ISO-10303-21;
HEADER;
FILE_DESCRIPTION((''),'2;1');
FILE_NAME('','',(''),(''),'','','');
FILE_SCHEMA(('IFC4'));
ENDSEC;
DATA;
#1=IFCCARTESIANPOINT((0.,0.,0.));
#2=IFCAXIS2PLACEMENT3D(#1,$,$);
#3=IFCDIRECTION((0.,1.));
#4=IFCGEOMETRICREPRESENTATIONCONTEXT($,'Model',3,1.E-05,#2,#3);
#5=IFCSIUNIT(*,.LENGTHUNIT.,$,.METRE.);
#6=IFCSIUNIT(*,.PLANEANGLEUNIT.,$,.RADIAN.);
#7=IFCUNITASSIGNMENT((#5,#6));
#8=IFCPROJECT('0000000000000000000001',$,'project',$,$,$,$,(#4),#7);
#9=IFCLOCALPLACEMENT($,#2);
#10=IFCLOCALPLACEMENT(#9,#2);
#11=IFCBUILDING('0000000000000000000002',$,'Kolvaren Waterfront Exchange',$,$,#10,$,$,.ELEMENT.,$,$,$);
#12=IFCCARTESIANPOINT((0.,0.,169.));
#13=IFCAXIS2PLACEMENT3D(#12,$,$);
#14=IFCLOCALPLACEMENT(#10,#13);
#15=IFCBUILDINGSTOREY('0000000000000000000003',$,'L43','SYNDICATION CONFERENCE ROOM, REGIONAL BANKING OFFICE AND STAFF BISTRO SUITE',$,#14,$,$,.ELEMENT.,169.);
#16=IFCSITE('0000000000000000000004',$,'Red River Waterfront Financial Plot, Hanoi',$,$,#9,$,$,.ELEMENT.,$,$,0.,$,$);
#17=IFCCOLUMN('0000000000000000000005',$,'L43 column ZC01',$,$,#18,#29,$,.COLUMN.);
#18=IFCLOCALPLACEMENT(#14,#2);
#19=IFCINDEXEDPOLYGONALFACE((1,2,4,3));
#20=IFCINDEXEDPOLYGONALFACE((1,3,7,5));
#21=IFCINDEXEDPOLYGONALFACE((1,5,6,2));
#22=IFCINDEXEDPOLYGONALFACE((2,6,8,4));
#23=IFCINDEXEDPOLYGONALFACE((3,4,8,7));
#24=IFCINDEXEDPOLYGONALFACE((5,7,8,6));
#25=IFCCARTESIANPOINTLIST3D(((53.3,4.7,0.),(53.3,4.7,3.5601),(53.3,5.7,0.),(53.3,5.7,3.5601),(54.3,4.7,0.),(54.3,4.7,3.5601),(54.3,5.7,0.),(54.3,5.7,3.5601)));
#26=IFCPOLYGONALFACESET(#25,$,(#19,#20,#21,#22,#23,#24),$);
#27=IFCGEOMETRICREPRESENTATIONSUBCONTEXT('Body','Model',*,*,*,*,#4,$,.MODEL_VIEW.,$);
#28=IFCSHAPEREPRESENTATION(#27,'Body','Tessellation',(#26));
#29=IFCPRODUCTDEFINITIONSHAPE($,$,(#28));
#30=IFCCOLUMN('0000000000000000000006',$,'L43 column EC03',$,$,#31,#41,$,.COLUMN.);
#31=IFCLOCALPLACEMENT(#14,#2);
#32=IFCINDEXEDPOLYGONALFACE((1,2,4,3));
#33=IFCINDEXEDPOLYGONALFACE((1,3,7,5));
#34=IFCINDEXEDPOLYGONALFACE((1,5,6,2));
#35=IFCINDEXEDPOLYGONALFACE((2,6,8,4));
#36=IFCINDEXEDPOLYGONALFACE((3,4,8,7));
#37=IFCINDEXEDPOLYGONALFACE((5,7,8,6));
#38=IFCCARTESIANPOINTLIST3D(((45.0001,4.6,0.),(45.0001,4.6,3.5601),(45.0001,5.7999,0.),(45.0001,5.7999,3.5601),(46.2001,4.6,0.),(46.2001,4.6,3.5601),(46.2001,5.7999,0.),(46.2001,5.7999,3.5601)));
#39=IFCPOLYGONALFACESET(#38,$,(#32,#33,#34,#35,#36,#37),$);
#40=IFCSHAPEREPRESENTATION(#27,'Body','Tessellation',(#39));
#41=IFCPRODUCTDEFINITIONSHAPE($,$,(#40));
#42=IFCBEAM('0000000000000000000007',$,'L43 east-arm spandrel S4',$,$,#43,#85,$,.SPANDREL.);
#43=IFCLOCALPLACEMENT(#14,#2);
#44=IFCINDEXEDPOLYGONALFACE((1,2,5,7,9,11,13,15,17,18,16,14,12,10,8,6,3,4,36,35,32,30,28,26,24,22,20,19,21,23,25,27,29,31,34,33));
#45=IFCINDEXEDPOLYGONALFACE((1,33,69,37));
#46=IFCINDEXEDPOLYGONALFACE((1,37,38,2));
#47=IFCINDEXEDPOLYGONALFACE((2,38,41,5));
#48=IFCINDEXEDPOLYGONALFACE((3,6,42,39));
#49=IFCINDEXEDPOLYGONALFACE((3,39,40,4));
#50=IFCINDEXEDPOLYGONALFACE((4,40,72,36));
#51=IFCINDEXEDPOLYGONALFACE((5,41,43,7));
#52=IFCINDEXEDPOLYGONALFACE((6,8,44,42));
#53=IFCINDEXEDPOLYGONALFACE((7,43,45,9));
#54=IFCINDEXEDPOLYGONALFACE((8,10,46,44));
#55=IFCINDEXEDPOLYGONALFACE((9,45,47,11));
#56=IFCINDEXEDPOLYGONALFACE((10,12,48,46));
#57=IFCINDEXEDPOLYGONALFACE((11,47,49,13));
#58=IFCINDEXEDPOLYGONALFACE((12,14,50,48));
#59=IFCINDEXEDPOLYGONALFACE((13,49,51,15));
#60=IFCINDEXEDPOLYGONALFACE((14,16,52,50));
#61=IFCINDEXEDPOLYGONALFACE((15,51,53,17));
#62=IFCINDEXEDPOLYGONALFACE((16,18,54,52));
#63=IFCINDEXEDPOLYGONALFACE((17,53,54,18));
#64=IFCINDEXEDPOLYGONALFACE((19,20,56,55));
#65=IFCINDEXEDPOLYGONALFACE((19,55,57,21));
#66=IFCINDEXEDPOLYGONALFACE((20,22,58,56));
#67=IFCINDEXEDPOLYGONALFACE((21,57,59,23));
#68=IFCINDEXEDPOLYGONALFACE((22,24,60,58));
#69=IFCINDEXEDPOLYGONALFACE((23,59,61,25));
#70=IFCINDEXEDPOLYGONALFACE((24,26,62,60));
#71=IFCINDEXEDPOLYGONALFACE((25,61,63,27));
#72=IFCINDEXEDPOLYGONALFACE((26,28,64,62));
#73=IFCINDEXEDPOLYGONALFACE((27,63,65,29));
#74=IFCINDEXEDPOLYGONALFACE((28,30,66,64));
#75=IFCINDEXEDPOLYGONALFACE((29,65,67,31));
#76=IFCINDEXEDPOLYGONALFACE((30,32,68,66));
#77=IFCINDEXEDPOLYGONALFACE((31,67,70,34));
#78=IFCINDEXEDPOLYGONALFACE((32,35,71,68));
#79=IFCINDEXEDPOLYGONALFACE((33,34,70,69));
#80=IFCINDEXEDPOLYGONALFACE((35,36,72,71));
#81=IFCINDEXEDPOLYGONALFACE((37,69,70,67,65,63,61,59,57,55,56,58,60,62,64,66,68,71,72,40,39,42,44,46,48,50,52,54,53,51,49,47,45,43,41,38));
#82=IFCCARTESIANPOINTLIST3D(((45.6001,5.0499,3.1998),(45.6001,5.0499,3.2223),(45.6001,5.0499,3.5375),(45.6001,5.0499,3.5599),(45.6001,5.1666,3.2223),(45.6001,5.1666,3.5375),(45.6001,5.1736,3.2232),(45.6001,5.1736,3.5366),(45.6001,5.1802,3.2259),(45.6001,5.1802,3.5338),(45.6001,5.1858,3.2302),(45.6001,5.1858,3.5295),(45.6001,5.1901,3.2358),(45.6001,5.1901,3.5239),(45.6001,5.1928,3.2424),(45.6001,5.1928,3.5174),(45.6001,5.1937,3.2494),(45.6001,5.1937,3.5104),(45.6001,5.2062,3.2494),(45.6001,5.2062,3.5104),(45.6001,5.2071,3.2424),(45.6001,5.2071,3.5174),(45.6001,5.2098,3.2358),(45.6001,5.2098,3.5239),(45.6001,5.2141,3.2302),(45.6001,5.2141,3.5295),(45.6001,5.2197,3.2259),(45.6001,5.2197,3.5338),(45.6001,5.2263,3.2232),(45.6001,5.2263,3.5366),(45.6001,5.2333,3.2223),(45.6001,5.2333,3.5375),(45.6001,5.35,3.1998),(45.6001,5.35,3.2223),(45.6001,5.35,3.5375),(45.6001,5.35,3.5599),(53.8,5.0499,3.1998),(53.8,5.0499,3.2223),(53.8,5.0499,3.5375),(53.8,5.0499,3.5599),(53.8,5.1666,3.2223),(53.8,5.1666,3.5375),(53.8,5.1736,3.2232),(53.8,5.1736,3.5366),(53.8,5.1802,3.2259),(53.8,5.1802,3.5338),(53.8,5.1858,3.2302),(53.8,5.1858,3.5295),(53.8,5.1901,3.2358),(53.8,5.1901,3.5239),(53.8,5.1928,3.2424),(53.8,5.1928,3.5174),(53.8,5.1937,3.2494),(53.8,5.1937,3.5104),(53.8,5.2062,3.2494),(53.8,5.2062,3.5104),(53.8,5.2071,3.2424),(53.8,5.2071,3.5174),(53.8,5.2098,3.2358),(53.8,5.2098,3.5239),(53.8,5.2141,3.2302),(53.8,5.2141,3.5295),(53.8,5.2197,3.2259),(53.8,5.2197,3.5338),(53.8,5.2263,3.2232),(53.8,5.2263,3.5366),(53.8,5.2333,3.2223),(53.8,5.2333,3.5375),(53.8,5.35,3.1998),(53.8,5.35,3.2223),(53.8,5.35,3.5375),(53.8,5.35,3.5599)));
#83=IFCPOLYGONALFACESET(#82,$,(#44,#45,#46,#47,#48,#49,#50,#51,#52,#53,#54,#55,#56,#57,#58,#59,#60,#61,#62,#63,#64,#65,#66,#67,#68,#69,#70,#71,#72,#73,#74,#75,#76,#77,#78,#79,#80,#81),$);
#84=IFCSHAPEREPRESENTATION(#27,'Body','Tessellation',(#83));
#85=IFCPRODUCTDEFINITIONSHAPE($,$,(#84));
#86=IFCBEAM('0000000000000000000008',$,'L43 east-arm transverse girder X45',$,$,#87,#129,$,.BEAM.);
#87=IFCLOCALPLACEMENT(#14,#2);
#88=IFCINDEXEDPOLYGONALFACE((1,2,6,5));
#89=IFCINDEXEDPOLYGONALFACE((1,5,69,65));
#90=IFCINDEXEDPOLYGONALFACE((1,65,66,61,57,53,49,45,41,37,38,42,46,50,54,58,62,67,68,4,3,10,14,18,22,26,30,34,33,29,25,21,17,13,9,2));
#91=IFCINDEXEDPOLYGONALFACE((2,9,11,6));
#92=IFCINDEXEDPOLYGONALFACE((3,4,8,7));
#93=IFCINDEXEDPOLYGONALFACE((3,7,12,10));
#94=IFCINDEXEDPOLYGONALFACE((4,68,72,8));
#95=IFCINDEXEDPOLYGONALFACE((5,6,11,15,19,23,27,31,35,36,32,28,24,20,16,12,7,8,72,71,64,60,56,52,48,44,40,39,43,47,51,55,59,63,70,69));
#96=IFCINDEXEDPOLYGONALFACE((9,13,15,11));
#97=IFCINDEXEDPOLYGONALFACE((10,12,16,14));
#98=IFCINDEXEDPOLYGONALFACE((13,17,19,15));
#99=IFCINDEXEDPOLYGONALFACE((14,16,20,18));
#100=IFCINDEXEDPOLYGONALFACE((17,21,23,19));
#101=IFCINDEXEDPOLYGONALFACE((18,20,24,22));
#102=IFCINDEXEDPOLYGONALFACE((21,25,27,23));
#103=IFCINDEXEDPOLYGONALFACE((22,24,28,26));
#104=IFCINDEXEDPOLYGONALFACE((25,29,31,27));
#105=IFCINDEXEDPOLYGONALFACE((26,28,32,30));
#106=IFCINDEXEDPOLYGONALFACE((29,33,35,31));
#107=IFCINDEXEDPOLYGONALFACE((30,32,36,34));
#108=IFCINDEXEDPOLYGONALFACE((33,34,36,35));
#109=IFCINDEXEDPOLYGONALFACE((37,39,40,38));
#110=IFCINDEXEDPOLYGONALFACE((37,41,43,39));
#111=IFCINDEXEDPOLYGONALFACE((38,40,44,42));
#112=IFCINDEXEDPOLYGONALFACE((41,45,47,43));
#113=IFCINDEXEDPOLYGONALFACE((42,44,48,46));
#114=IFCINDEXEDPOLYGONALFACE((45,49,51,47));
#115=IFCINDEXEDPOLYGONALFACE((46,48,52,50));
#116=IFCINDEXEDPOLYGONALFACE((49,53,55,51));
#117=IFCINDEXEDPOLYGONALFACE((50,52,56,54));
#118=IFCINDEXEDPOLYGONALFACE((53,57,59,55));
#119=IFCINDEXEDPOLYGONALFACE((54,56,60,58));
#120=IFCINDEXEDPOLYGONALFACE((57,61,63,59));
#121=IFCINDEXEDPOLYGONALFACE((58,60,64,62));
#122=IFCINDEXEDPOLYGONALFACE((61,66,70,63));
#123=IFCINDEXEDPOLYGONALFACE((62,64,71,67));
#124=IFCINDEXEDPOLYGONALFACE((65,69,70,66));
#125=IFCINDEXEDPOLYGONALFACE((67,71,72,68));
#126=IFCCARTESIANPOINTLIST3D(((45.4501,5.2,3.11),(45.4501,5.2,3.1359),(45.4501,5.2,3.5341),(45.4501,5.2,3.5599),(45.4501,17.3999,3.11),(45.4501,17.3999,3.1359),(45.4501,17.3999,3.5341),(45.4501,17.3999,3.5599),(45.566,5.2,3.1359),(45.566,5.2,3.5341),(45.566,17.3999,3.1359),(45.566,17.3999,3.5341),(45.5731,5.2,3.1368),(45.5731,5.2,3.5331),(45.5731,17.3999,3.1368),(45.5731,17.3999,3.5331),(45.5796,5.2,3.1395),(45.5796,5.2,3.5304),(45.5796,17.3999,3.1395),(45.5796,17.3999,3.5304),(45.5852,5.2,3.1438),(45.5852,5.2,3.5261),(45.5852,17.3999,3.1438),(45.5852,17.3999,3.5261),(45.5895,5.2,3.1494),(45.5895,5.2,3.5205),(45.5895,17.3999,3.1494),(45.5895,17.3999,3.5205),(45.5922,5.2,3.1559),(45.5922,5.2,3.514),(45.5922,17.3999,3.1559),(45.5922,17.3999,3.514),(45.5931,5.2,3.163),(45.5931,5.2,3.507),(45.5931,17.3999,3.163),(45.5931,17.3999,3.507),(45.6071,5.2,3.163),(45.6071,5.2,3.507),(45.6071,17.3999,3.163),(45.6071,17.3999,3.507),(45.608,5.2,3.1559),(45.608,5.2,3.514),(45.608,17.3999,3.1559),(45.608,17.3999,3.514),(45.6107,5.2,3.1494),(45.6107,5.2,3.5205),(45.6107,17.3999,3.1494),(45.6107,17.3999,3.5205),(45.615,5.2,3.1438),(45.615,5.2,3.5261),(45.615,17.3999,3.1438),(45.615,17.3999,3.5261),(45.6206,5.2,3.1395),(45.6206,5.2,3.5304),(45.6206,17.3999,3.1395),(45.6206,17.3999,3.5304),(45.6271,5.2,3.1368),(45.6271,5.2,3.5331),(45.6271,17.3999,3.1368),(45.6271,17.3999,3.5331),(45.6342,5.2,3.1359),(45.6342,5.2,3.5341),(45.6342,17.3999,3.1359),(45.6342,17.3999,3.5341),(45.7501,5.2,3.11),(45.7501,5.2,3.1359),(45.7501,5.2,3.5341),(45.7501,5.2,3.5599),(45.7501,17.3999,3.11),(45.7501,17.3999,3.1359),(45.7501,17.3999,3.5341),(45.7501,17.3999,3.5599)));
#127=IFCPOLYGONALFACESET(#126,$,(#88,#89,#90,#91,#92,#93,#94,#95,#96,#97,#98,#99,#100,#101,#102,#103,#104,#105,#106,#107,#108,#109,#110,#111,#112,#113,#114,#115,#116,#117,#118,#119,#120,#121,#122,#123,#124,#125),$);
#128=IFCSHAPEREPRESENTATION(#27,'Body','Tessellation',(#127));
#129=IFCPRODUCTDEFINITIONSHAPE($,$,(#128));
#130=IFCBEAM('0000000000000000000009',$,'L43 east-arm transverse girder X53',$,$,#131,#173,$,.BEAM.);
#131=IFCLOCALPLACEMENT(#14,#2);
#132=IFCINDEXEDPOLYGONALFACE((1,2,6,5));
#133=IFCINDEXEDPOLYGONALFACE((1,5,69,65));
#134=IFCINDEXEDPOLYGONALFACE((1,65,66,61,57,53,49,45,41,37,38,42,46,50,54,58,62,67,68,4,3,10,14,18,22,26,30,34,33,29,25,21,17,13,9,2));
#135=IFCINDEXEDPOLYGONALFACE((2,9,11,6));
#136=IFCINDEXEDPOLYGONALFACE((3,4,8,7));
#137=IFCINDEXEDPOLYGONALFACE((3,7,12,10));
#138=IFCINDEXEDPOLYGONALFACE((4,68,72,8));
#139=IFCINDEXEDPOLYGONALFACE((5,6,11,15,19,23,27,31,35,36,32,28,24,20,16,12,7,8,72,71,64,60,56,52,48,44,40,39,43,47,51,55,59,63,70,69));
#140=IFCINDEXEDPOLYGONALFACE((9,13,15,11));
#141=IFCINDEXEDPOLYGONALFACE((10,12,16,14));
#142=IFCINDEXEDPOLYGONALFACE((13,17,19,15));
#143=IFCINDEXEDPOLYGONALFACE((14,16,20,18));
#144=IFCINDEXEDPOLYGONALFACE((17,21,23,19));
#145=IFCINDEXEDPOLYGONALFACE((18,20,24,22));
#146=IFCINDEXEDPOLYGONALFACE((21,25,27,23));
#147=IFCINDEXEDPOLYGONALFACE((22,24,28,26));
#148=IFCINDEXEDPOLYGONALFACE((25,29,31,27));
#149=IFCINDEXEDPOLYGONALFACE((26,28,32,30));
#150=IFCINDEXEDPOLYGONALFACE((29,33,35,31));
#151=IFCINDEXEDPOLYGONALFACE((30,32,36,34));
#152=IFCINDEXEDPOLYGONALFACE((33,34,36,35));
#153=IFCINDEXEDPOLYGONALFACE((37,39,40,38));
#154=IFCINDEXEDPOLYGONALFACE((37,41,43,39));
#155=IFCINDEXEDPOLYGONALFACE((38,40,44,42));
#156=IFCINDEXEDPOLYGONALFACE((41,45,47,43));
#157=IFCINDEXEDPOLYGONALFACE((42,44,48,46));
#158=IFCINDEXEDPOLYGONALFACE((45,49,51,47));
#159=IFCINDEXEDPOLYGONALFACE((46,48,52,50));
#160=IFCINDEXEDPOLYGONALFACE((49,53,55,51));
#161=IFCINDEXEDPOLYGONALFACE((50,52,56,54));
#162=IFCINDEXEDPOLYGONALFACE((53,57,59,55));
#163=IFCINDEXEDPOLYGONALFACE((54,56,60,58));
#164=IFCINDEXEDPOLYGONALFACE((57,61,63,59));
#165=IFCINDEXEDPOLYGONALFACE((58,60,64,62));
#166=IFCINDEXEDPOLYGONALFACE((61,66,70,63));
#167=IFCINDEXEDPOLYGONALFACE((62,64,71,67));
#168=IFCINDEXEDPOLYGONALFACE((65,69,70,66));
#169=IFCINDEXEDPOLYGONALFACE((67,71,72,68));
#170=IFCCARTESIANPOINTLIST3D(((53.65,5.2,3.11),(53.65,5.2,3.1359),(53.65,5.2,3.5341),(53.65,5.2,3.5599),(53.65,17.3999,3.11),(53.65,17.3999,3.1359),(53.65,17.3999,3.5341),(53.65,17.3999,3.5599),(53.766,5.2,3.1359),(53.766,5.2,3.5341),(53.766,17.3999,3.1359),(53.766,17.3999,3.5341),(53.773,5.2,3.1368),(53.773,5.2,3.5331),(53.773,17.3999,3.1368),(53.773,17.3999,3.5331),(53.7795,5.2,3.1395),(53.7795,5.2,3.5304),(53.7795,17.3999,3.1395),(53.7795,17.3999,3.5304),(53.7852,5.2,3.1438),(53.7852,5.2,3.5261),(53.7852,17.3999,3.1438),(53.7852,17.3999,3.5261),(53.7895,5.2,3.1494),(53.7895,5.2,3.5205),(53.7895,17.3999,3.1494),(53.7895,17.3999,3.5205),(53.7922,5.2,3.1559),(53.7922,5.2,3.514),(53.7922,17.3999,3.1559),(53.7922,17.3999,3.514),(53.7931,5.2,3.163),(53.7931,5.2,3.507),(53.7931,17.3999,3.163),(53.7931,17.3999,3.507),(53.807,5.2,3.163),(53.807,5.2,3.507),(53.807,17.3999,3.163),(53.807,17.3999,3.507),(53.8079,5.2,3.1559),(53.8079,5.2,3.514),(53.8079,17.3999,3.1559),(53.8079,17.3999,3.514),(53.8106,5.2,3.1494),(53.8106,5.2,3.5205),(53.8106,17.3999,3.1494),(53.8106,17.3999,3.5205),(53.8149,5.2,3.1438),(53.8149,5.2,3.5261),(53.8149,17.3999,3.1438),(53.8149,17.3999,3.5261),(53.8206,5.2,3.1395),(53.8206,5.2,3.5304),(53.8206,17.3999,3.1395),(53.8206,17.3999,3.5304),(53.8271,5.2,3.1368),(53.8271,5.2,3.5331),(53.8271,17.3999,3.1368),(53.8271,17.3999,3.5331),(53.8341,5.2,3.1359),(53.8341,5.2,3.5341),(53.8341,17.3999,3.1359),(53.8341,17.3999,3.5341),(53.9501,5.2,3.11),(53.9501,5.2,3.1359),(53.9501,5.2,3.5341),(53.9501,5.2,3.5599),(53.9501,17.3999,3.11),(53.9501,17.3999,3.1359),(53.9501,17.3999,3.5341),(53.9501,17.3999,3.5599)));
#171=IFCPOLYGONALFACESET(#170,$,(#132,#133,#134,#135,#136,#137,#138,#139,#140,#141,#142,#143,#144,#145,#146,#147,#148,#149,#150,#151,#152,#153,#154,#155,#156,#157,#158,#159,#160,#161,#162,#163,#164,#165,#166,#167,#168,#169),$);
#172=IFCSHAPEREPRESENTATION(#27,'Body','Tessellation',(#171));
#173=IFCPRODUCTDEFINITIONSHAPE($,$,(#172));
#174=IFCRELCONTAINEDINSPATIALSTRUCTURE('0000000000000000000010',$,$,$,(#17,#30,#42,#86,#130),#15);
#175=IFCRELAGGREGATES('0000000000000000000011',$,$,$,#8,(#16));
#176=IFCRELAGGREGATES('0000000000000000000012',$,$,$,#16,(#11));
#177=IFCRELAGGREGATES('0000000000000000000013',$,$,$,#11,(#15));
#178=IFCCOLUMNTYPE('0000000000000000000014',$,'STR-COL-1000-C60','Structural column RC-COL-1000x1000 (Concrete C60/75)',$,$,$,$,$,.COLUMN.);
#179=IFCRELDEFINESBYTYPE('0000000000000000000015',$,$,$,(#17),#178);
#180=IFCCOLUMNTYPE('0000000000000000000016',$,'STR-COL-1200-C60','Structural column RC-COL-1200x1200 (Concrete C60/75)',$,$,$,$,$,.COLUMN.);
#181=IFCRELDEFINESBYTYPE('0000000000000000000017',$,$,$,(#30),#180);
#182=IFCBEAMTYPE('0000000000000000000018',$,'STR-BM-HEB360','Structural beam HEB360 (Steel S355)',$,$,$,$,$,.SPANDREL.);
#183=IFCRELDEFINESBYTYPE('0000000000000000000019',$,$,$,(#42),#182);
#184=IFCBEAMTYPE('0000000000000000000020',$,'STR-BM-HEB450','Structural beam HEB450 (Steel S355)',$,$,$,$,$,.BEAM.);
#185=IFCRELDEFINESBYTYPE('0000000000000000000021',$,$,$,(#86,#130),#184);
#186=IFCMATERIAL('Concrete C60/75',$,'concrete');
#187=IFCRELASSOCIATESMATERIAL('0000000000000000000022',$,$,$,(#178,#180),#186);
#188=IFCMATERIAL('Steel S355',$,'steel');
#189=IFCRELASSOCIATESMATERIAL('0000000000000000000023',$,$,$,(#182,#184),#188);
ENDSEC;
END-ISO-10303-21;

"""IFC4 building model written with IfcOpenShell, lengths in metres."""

from ifc_helpers import new_model, si_unit, direction, frame, origin, origin_2d, place, context, subcontext, project, spatial, rectangle, i_section, extrude, material, material_profile, profile_set, type_object, element, save


model = new_model("IFC4")

# Units and contexts
model_context = context("Model", 3, precision=1e-05, world=origin(), true_north=direction((0.0, 1.0)))
body_context = subcontext(model_context, "Body", "Model", "MODEL_VIEW")
ifc_project = project(units=[si_unit("LENGTHUNIT", "METRE"), si_unit("PLANEANGLEUNIT", "RADIAN")], contexts=[model_context])

# Site, building, storey
site_placement = place(None, origin())
site = spatial("IfcSite", under=ifc_project, at=site_placement, Name="Red River Waterfront Financial Plot, Hanoi", CompositionType="ELEMENT", RefElevation=0.0)
building_placement = place(site_placement, origin())
building = spatial("IfcBuilding", under=site, at=building_placement, Name="Kolvaren Waterfront Exchange", CompositionType="ELEMENT")
storey_placement = place(building_placement, frame((0.0, 0.0, 169.0)))
storey = spatial("IfcBuildingStorey", under=building, at=storey_placement, Name="L43", Description="SYNDICATION CONFERENCE ROOM, REGIONAL BANKING OFFICE AND STAFF BISTRO SUITE", CompositionType="ELEMENT", Elevation=169.0)

# Columns
ifc_material_1 = material(Name="Concrete C60/75", Category="concrete")
ifc_material_profile_1 = material_profile(ifc_material_1, rectangle(XDim=1.0, YDim=1.0, at=origin_2d()), Name="RC-COL-1000x1000")
ifc_profile_set_1 = profile_set([ifc_material_profile_1], Name="Concrete C60/75")
column_type_1 = type_object("IfcColumnType", Name="STR-COL-1000-C60", Description="Structural column RC-COL-1000x1000 (Concrete C60/75)", PredefinedType="COLUMN", material=ifc_profile_set_1)
column_1_placement = place(storey_placement, frame((53.8, 5.2, 0.0), z_axis=(0.0, 0.0, 1.0), x_axis=(1.0, 0.0, 0.0)))
element("IfcColumn", 1, at=column_1_placement, inside=storey, type_object=column_type_1, Name="L43 column ZC01", PredefinedType="COLUMN", context=body_context, shape_type="SweptSolid", body=[
    extrude(rectangle(XDim=1.0, YDim=1.0, at=origin_2d()), origin(), (0.0, 0.0, 1.0), 3.5601),
])
ifc_material_profile_2 = material_profile(ifc_material_1, rectangle(XDim=1.2, YDim=1.2, at=origin_2d()), Name="RC-COL-1200x1200")
ifc_profile_set_2 = profile_set([ifc_material_profile_2], Name="Concrete C60/75")
column_type_2 = type_object("IfcColumnType", Name="STR-COL-1200-C60", Description="Structural column RC-COL-1200x1200 (Concrete C60/75)", PredefinedType="COLUMN", material=ifc_profile_set_2)
column_2_placement = place(storey_placement, frame((45.6001, 5.2, 0.0), z_axis=(0.0, 0.0, 1.0), x_axis=(1.0, 0.0, 0.0)))
element("IfcColumn", 2, at=column_2_placement, inside=storey, type_object=column_type_2, Name="L43 column EC03", PredefinedType="COLUMN", context=body_context, shape_type="SweptSolid", body=[
    extrude(rectangle(XDim=1.2, YDim=1.2, at=origin_2d()), origin(), (0.0, 0.0, 1.0), 3.5601),
])

# Beams
ifc_material_2 = material(Name="Steel S355", Category="steel")
ifc_material_profile_3 = material_profile(ifc_material_2, i_section(OverallWidth=0.3, OverallDepth=0.3601, WebThickness=0.0125, FlangeThickness=0.0225, FilletRadius=0.0271, at=origin_2d()), Name="HEB360")
ifc_profile_set_3 = profile_set([ifc_material_profile_3], Name="Steel S355")
beam_type_1 = type_object("IfcBeamType", Name="STR-BM-HEB360", Description="Structural beam HEB360 (Steel S355)", PredefinedType="SPANDREL", material=ifc_profile_set_3)
beam_1_placement = place(storey_placement, frame((45.6001, 5.2, 3.3799), z_axis=(1.0, 0.0, 0.0), x_axis=(0.0, 1.0, 0.0)))
element("IfcBeam", 3, at=beam_1_placement, inside=storey, type_object=beam_type_1, Name="L43 east-arm spandrel S4", PredefinedType="SPANDREL", context=body_context, shape_type="SweptSolid", body=[
    extrude(i_section(OverallWidth=0.3, OverallDepth=0.3601, WebThickness=0.0125, FlangeThickness=0.0225, FilletRadius=0.0271, at=origin_2d()), origin(), (0.0, 0.0, 1.0), 8.2),
])
ifc_material_profile_4 = material_profile(ifc_material_2, i_section(OverallWidth=0.3, OverallDepth=0.45, WebThickness=0.0139, FlangeThickness=0.0259, FilletRadius=0.0271, at=origin_2d()), Name="HEB450")
ifc_profile_set_4 = profile_set([ifc_material_profile_4], Name="Steel S355")
beam_type_2 = type_object("IfcBeamType", Name="STR-BM-HEB450", Description="Structural beam HEB450 (Steel S355)", PredefinedType="BEAM", material=ifc_profile_set_4)
for number, where, z_axis, x_axis, name in (
    (4, (45.6001, 5.2, 3.335), (0.0, 1.0, 0.0), (-1.0, 0.0, 0.0), "L43 east-arm transverse girder X45"),
    (5, (53.8, 5.2, 3.335), (0.0, 1.0, 0.0), (-1.0, 0.0, 0.0), "L43 east-arm transverse girder X53"),
):
    element("IfcBeam", number, at=place(storey_placement, frame(where, z_axis=z_axis, x_axis=x_axis)), inside=storey, type_object=beam_type_2, Name=name, PredefinedType="BEAM", context=body_context, shape_type="SweptSolid", body=[
        extrude(i_section(OverallWidth=0.3, OverallDepth=0.45, WebThickness=0.0139, FlangeThickness=0.0259, FilletRadius=0.0271, at=origin_2d()), origin(), (0.0, 0.0, 1.0), 12.2),
    ])

save(model, "model.ifc")
